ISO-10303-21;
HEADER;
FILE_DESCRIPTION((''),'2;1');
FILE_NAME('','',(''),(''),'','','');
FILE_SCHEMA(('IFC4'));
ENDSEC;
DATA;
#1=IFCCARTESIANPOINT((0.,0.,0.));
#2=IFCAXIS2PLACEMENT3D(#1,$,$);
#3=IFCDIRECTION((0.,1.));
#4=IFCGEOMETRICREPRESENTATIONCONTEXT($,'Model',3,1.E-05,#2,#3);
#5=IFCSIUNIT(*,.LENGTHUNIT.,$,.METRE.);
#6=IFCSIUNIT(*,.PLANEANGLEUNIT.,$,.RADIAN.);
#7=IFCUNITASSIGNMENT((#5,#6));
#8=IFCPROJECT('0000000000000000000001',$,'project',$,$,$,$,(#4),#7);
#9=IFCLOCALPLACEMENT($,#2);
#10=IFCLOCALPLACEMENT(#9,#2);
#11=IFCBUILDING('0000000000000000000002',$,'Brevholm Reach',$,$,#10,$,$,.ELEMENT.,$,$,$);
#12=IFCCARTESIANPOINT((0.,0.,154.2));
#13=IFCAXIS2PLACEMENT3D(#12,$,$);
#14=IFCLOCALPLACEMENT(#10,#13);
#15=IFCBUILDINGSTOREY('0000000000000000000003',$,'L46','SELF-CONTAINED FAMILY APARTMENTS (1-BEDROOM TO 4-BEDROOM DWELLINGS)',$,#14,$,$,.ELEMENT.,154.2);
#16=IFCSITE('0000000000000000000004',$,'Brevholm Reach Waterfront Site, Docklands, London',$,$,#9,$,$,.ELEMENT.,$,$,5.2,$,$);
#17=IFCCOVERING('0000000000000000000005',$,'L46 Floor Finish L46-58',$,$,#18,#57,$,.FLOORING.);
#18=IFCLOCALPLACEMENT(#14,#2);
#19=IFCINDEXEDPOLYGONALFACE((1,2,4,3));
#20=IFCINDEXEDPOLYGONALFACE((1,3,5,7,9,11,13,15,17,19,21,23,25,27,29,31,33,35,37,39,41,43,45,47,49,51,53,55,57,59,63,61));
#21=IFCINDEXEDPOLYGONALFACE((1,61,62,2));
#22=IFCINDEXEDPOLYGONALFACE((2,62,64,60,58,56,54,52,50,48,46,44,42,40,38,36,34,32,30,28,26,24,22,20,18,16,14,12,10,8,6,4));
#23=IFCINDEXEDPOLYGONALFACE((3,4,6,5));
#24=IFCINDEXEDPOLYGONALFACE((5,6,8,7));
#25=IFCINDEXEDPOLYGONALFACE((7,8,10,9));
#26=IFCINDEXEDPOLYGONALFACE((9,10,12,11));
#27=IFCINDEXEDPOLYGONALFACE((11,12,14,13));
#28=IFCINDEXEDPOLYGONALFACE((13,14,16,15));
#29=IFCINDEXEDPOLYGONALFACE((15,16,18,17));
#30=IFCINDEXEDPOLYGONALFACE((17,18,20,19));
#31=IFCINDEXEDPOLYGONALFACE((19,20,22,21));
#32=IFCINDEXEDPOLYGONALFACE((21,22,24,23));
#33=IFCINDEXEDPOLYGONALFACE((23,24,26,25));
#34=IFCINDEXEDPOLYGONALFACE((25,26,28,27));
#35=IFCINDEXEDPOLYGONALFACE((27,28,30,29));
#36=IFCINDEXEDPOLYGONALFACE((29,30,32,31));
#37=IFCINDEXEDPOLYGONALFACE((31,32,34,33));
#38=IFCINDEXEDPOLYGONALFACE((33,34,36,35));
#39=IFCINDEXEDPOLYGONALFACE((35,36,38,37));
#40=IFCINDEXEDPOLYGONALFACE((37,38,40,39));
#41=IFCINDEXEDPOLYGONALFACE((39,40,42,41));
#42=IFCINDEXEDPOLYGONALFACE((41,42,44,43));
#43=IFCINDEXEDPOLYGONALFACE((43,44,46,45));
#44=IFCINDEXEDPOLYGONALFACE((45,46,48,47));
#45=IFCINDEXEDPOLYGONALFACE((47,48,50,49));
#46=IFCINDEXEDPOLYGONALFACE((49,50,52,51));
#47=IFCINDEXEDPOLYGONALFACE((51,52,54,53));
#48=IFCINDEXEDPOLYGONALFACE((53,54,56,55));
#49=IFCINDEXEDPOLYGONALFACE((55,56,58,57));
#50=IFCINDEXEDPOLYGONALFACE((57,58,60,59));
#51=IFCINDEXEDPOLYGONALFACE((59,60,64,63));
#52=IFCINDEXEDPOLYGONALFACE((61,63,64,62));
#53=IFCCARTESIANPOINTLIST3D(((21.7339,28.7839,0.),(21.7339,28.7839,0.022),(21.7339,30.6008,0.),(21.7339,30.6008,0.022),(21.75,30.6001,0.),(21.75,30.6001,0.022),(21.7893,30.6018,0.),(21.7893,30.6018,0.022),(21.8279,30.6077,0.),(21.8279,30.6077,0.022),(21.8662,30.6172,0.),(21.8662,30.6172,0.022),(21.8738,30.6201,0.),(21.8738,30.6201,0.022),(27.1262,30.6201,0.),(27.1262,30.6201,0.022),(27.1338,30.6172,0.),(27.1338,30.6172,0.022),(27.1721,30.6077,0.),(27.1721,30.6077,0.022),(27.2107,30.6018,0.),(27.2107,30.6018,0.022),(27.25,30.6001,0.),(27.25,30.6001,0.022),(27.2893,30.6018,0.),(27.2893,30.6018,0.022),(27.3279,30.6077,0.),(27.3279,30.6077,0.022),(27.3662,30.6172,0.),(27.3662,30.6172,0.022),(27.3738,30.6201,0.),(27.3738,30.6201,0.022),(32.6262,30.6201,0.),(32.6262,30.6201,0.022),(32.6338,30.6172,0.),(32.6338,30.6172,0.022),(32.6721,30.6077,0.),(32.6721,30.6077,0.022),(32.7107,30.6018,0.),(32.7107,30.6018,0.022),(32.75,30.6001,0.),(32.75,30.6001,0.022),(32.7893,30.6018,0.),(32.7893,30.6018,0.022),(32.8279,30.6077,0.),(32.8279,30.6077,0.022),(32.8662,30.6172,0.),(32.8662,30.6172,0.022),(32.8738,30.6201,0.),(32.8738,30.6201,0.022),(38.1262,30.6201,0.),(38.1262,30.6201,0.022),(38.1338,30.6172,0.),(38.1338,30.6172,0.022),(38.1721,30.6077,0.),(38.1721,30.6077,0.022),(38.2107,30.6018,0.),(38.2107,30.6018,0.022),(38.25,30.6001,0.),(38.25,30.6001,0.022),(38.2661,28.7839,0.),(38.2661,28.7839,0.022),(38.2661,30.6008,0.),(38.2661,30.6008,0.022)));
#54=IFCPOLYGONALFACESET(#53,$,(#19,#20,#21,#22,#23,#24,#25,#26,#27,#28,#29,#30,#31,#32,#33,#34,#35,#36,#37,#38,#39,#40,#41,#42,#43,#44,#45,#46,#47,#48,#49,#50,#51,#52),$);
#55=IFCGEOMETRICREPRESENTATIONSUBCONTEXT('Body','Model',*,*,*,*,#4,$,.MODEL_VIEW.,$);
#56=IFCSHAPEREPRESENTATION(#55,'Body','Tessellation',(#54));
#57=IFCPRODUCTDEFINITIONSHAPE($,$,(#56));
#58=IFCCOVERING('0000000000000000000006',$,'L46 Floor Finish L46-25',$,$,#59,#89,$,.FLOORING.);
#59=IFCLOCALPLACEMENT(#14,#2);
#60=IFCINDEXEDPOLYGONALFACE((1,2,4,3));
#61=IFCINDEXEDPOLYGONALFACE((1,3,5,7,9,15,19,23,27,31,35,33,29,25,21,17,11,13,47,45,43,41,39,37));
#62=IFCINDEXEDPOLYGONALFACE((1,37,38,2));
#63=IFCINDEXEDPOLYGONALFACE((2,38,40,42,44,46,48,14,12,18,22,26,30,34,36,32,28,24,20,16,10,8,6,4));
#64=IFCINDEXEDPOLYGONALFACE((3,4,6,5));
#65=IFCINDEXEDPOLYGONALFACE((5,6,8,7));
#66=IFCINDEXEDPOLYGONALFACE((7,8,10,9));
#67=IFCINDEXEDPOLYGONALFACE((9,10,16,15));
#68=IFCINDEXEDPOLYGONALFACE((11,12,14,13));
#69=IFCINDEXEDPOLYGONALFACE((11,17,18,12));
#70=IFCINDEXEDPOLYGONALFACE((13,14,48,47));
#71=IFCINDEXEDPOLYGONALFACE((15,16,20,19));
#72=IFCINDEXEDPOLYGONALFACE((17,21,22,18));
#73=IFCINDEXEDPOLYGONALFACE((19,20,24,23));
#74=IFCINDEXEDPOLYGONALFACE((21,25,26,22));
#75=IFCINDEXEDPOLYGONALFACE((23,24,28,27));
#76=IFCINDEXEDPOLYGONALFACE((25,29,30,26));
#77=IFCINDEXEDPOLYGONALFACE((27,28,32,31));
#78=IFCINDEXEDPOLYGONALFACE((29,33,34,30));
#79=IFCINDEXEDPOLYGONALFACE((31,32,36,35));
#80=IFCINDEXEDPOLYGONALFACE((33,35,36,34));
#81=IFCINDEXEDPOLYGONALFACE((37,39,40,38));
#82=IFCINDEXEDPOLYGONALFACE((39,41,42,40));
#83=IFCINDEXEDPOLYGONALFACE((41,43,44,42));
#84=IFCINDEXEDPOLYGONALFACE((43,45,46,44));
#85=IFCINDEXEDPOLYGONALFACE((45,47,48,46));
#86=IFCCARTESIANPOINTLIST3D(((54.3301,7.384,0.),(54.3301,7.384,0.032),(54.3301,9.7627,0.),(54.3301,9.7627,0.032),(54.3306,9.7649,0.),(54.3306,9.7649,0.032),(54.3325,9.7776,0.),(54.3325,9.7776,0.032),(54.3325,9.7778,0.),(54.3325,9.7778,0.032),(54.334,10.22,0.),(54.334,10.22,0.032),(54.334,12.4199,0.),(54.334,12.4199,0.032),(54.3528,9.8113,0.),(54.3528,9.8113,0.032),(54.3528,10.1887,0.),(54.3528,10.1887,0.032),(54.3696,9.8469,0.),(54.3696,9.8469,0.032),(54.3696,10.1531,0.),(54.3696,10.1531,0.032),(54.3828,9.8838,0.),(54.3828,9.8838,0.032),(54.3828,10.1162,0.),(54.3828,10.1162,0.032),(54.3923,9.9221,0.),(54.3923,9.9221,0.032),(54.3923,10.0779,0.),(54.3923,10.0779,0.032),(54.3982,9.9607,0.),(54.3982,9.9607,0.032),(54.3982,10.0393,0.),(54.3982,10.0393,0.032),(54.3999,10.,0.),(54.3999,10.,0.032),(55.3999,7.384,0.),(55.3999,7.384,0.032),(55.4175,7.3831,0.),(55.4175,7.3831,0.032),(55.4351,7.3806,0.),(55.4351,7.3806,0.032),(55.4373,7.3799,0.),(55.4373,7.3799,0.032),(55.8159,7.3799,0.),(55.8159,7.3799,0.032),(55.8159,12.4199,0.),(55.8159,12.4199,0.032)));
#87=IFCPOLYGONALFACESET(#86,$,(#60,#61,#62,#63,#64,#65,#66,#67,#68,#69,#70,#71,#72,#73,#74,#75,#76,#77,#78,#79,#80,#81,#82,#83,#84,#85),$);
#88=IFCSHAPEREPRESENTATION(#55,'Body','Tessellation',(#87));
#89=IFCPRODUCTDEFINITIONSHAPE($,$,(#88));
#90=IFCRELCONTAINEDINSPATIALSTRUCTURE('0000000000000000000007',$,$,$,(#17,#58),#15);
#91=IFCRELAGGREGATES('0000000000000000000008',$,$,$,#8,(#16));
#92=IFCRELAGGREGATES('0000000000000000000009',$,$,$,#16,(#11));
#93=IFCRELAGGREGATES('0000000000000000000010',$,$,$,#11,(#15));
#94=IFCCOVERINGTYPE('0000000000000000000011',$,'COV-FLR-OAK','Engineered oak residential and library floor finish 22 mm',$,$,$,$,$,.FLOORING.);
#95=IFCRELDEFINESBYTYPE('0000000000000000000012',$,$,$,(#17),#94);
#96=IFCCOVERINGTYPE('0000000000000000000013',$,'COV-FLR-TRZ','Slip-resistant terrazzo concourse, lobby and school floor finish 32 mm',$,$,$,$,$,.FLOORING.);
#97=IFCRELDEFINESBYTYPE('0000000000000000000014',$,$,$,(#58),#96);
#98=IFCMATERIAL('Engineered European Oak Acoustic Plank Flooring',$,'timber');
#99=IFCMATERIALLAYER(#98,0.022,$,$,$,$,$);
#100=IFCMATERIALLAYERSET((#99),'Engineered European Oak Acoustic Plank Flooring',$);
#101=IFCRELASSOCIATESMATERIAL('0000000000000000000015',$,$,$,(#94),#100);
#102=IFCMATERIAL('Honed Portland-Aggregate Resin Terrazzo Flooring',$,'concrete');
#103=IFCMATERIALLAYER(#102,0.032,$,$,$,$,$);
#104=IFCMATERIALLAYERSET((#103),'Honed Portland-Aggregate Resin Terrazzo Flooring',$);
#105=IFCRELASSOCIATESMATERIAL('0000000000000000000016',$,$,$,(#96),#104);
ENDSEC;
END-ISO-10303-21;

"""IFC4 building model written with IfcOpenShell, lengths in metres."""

from ifc_helpers import new_model, si_unit, direction, frame, origin, place, context, subcontext, project, spatial, polyline, outline, extrude, material, layer, layer_set, type_object, element, save


model = new_model("IFC4")

# Units and contexts
model_context = context("Model", 3, precision=1e-05, world=origin(), true_north=direction((0.0, 1.0)))
body_context = subcontext(model_context, "Body", "Model", "MODEL_VIEW")
ifc_project = project(units=[si_unit("LENGTHUNIT", "METRE"), si_unit("PLANEANGLEUNIT", "RADIAN")], contexts=[model_context])

# Site, building, storey
site_placement = place(None, origin())
site = spatial("IfcSite", under=ifc_project, at=site_placement, Name="Brevholm Reach Waterfront Site, Docklands, London", CompositionType="ELEMENT", RefElevation=5.2)
building_placement = place(site_placement, origin())
building = spatial("IfcBuilding", under=site, at=building_placement, Name="Brevholm Reach", CompositionType="ELEMENT")
storey_placement = place(building_placement, frame((0.0, 0.0, 154.2)))
storey = spatial("IfcBuildingStorey", under=building, at=storey_placement, Name="L46", Description="SELF-CONTAINED FAMILY APARTMENTS (1-BEDROOM TO 4-BEDROOM DWELLINGS)", CompositionType="ELEMENT", Elevation=154.2)

# Coverings
ifc_material_1 = material(Name="Engineered European Oak Acoustic Plank Flooring", Category="timber")
ifc_layer_1 = layer(ifc_material_1, 0.022)
ifc_layer_set_1 = layer_set([ifc_layer_1], Name="Engineered European Oak Acoustic Plank Flooring")
covering_type_1 = type_object("IfcCoveringType", Name="COV-FLR-OAK", Description="Engineered oak residential and library floor finish 22 mm", PredefinedType="FLOORING", material=ifc_layer_set_1)
covering_1_placement = place(storey_placement, origin())
element("IfcCovering", 1, at=covering_1_placement, inside=storey, type_object=covering_type_1, Name="L46 Floor Finish L46-58", PredefinedType="FLOORING", context=body_context, shape_type="SweptSolid", body=[
    extrude(outline(polyline([(27.1262, 30.6201), (27.1338, 30.6172), (27.1721, 30.6077), (27.2107, 30.6018), (27.25, 30.6001), (27.2893, 30.6018), (27.3279, 30.6077), (27.3662, 30.6172), (27.3738, 30.6201), (32.6262, 30.6201), (32.6338, 30.6172), (32.6721, 30.6077), (32.7107, 30.6018), (32.75, 30.6001), (32.7893, 30.6018), (32.8279, 30.6077), (32.8662, 30.6172), (32.8738, 30.6201), (38.1262, 30.6201), (38.1338, 30.6172), (38.1721, 30.6077), (38.2107, 30.6018), (38.25, 30.6001), (38.2661, 30.6008), (38.2661, 28.7839), (21.7339, 28.7839), (21.7339, 30.6008), (21.75, 30.6001), (21.7893, 30.6018), (21.8279, 30.6077), (21.8662, 30.6172), (21.8738, 30.6201), (27.1262, 30.6201)])), origin(), (0.0, 0.0, 1.0), 0.022),
])
ifc_material_2 = material(Name="Honed Portland-Aggregate Resin Terrazzo Flooring", Category="concrete")
ifc_layer_2 = layer(ifc_material_2, 0.032)
ifc_layer_set_2 = layer_set([ifc_layer_2], Name="Honed Portland-Aggregate Resin Terrazzo Flooring")
covering_type_2 = type_object("IfcCoveringType", Name="COV-FLR-TRZ", Description="Slip-resistant terrazzo concourse, lobby and school floor finish 32 mm", PredefinedType="FLOORING", material=ifc_layer_set_2)
covering_2_placement = place(storey_placement, origin())
element("IfcCovering", 2, at=covering_2_placement, inside=storey, type_object=covering_type_2, Name="L46 Floor Finish L46-25", PredefinedType="FLOORING", context=body_context, shape_type="SweptSolid", body=[
    extrude(outline(polyline([(54.3301, 9.7627), (54.3306, 9.7649), (54.3325, 9.7776), (54.3325, 9.7778), (54.3528, 9.8113), (54.3696, 9.8469), (54.3828, 9.8838), (54.3923, 9.9221), (54.3982, 9.9607), (54.3999, 10.0), (54.3982, 10.0393), (54.3923, 10.0779), (54.3828, 10.1162), (54.3696, 10.1531), (54.3528, 10.1887), (54.334, 10.22), (54.334, 12.4199), (55.8159, 12.4199), (55.8159, 7.3799), (55.4373, 7.3799), (55.4351, 7.3806), (55.4175, 7.3831), (55.3999, 7.384), (54.3301, 7.384), (54.3301, 9.7627)])), origin(), (0.0, 0.0, 1.0), 0.032),
])

save(model, "model.ifc")
